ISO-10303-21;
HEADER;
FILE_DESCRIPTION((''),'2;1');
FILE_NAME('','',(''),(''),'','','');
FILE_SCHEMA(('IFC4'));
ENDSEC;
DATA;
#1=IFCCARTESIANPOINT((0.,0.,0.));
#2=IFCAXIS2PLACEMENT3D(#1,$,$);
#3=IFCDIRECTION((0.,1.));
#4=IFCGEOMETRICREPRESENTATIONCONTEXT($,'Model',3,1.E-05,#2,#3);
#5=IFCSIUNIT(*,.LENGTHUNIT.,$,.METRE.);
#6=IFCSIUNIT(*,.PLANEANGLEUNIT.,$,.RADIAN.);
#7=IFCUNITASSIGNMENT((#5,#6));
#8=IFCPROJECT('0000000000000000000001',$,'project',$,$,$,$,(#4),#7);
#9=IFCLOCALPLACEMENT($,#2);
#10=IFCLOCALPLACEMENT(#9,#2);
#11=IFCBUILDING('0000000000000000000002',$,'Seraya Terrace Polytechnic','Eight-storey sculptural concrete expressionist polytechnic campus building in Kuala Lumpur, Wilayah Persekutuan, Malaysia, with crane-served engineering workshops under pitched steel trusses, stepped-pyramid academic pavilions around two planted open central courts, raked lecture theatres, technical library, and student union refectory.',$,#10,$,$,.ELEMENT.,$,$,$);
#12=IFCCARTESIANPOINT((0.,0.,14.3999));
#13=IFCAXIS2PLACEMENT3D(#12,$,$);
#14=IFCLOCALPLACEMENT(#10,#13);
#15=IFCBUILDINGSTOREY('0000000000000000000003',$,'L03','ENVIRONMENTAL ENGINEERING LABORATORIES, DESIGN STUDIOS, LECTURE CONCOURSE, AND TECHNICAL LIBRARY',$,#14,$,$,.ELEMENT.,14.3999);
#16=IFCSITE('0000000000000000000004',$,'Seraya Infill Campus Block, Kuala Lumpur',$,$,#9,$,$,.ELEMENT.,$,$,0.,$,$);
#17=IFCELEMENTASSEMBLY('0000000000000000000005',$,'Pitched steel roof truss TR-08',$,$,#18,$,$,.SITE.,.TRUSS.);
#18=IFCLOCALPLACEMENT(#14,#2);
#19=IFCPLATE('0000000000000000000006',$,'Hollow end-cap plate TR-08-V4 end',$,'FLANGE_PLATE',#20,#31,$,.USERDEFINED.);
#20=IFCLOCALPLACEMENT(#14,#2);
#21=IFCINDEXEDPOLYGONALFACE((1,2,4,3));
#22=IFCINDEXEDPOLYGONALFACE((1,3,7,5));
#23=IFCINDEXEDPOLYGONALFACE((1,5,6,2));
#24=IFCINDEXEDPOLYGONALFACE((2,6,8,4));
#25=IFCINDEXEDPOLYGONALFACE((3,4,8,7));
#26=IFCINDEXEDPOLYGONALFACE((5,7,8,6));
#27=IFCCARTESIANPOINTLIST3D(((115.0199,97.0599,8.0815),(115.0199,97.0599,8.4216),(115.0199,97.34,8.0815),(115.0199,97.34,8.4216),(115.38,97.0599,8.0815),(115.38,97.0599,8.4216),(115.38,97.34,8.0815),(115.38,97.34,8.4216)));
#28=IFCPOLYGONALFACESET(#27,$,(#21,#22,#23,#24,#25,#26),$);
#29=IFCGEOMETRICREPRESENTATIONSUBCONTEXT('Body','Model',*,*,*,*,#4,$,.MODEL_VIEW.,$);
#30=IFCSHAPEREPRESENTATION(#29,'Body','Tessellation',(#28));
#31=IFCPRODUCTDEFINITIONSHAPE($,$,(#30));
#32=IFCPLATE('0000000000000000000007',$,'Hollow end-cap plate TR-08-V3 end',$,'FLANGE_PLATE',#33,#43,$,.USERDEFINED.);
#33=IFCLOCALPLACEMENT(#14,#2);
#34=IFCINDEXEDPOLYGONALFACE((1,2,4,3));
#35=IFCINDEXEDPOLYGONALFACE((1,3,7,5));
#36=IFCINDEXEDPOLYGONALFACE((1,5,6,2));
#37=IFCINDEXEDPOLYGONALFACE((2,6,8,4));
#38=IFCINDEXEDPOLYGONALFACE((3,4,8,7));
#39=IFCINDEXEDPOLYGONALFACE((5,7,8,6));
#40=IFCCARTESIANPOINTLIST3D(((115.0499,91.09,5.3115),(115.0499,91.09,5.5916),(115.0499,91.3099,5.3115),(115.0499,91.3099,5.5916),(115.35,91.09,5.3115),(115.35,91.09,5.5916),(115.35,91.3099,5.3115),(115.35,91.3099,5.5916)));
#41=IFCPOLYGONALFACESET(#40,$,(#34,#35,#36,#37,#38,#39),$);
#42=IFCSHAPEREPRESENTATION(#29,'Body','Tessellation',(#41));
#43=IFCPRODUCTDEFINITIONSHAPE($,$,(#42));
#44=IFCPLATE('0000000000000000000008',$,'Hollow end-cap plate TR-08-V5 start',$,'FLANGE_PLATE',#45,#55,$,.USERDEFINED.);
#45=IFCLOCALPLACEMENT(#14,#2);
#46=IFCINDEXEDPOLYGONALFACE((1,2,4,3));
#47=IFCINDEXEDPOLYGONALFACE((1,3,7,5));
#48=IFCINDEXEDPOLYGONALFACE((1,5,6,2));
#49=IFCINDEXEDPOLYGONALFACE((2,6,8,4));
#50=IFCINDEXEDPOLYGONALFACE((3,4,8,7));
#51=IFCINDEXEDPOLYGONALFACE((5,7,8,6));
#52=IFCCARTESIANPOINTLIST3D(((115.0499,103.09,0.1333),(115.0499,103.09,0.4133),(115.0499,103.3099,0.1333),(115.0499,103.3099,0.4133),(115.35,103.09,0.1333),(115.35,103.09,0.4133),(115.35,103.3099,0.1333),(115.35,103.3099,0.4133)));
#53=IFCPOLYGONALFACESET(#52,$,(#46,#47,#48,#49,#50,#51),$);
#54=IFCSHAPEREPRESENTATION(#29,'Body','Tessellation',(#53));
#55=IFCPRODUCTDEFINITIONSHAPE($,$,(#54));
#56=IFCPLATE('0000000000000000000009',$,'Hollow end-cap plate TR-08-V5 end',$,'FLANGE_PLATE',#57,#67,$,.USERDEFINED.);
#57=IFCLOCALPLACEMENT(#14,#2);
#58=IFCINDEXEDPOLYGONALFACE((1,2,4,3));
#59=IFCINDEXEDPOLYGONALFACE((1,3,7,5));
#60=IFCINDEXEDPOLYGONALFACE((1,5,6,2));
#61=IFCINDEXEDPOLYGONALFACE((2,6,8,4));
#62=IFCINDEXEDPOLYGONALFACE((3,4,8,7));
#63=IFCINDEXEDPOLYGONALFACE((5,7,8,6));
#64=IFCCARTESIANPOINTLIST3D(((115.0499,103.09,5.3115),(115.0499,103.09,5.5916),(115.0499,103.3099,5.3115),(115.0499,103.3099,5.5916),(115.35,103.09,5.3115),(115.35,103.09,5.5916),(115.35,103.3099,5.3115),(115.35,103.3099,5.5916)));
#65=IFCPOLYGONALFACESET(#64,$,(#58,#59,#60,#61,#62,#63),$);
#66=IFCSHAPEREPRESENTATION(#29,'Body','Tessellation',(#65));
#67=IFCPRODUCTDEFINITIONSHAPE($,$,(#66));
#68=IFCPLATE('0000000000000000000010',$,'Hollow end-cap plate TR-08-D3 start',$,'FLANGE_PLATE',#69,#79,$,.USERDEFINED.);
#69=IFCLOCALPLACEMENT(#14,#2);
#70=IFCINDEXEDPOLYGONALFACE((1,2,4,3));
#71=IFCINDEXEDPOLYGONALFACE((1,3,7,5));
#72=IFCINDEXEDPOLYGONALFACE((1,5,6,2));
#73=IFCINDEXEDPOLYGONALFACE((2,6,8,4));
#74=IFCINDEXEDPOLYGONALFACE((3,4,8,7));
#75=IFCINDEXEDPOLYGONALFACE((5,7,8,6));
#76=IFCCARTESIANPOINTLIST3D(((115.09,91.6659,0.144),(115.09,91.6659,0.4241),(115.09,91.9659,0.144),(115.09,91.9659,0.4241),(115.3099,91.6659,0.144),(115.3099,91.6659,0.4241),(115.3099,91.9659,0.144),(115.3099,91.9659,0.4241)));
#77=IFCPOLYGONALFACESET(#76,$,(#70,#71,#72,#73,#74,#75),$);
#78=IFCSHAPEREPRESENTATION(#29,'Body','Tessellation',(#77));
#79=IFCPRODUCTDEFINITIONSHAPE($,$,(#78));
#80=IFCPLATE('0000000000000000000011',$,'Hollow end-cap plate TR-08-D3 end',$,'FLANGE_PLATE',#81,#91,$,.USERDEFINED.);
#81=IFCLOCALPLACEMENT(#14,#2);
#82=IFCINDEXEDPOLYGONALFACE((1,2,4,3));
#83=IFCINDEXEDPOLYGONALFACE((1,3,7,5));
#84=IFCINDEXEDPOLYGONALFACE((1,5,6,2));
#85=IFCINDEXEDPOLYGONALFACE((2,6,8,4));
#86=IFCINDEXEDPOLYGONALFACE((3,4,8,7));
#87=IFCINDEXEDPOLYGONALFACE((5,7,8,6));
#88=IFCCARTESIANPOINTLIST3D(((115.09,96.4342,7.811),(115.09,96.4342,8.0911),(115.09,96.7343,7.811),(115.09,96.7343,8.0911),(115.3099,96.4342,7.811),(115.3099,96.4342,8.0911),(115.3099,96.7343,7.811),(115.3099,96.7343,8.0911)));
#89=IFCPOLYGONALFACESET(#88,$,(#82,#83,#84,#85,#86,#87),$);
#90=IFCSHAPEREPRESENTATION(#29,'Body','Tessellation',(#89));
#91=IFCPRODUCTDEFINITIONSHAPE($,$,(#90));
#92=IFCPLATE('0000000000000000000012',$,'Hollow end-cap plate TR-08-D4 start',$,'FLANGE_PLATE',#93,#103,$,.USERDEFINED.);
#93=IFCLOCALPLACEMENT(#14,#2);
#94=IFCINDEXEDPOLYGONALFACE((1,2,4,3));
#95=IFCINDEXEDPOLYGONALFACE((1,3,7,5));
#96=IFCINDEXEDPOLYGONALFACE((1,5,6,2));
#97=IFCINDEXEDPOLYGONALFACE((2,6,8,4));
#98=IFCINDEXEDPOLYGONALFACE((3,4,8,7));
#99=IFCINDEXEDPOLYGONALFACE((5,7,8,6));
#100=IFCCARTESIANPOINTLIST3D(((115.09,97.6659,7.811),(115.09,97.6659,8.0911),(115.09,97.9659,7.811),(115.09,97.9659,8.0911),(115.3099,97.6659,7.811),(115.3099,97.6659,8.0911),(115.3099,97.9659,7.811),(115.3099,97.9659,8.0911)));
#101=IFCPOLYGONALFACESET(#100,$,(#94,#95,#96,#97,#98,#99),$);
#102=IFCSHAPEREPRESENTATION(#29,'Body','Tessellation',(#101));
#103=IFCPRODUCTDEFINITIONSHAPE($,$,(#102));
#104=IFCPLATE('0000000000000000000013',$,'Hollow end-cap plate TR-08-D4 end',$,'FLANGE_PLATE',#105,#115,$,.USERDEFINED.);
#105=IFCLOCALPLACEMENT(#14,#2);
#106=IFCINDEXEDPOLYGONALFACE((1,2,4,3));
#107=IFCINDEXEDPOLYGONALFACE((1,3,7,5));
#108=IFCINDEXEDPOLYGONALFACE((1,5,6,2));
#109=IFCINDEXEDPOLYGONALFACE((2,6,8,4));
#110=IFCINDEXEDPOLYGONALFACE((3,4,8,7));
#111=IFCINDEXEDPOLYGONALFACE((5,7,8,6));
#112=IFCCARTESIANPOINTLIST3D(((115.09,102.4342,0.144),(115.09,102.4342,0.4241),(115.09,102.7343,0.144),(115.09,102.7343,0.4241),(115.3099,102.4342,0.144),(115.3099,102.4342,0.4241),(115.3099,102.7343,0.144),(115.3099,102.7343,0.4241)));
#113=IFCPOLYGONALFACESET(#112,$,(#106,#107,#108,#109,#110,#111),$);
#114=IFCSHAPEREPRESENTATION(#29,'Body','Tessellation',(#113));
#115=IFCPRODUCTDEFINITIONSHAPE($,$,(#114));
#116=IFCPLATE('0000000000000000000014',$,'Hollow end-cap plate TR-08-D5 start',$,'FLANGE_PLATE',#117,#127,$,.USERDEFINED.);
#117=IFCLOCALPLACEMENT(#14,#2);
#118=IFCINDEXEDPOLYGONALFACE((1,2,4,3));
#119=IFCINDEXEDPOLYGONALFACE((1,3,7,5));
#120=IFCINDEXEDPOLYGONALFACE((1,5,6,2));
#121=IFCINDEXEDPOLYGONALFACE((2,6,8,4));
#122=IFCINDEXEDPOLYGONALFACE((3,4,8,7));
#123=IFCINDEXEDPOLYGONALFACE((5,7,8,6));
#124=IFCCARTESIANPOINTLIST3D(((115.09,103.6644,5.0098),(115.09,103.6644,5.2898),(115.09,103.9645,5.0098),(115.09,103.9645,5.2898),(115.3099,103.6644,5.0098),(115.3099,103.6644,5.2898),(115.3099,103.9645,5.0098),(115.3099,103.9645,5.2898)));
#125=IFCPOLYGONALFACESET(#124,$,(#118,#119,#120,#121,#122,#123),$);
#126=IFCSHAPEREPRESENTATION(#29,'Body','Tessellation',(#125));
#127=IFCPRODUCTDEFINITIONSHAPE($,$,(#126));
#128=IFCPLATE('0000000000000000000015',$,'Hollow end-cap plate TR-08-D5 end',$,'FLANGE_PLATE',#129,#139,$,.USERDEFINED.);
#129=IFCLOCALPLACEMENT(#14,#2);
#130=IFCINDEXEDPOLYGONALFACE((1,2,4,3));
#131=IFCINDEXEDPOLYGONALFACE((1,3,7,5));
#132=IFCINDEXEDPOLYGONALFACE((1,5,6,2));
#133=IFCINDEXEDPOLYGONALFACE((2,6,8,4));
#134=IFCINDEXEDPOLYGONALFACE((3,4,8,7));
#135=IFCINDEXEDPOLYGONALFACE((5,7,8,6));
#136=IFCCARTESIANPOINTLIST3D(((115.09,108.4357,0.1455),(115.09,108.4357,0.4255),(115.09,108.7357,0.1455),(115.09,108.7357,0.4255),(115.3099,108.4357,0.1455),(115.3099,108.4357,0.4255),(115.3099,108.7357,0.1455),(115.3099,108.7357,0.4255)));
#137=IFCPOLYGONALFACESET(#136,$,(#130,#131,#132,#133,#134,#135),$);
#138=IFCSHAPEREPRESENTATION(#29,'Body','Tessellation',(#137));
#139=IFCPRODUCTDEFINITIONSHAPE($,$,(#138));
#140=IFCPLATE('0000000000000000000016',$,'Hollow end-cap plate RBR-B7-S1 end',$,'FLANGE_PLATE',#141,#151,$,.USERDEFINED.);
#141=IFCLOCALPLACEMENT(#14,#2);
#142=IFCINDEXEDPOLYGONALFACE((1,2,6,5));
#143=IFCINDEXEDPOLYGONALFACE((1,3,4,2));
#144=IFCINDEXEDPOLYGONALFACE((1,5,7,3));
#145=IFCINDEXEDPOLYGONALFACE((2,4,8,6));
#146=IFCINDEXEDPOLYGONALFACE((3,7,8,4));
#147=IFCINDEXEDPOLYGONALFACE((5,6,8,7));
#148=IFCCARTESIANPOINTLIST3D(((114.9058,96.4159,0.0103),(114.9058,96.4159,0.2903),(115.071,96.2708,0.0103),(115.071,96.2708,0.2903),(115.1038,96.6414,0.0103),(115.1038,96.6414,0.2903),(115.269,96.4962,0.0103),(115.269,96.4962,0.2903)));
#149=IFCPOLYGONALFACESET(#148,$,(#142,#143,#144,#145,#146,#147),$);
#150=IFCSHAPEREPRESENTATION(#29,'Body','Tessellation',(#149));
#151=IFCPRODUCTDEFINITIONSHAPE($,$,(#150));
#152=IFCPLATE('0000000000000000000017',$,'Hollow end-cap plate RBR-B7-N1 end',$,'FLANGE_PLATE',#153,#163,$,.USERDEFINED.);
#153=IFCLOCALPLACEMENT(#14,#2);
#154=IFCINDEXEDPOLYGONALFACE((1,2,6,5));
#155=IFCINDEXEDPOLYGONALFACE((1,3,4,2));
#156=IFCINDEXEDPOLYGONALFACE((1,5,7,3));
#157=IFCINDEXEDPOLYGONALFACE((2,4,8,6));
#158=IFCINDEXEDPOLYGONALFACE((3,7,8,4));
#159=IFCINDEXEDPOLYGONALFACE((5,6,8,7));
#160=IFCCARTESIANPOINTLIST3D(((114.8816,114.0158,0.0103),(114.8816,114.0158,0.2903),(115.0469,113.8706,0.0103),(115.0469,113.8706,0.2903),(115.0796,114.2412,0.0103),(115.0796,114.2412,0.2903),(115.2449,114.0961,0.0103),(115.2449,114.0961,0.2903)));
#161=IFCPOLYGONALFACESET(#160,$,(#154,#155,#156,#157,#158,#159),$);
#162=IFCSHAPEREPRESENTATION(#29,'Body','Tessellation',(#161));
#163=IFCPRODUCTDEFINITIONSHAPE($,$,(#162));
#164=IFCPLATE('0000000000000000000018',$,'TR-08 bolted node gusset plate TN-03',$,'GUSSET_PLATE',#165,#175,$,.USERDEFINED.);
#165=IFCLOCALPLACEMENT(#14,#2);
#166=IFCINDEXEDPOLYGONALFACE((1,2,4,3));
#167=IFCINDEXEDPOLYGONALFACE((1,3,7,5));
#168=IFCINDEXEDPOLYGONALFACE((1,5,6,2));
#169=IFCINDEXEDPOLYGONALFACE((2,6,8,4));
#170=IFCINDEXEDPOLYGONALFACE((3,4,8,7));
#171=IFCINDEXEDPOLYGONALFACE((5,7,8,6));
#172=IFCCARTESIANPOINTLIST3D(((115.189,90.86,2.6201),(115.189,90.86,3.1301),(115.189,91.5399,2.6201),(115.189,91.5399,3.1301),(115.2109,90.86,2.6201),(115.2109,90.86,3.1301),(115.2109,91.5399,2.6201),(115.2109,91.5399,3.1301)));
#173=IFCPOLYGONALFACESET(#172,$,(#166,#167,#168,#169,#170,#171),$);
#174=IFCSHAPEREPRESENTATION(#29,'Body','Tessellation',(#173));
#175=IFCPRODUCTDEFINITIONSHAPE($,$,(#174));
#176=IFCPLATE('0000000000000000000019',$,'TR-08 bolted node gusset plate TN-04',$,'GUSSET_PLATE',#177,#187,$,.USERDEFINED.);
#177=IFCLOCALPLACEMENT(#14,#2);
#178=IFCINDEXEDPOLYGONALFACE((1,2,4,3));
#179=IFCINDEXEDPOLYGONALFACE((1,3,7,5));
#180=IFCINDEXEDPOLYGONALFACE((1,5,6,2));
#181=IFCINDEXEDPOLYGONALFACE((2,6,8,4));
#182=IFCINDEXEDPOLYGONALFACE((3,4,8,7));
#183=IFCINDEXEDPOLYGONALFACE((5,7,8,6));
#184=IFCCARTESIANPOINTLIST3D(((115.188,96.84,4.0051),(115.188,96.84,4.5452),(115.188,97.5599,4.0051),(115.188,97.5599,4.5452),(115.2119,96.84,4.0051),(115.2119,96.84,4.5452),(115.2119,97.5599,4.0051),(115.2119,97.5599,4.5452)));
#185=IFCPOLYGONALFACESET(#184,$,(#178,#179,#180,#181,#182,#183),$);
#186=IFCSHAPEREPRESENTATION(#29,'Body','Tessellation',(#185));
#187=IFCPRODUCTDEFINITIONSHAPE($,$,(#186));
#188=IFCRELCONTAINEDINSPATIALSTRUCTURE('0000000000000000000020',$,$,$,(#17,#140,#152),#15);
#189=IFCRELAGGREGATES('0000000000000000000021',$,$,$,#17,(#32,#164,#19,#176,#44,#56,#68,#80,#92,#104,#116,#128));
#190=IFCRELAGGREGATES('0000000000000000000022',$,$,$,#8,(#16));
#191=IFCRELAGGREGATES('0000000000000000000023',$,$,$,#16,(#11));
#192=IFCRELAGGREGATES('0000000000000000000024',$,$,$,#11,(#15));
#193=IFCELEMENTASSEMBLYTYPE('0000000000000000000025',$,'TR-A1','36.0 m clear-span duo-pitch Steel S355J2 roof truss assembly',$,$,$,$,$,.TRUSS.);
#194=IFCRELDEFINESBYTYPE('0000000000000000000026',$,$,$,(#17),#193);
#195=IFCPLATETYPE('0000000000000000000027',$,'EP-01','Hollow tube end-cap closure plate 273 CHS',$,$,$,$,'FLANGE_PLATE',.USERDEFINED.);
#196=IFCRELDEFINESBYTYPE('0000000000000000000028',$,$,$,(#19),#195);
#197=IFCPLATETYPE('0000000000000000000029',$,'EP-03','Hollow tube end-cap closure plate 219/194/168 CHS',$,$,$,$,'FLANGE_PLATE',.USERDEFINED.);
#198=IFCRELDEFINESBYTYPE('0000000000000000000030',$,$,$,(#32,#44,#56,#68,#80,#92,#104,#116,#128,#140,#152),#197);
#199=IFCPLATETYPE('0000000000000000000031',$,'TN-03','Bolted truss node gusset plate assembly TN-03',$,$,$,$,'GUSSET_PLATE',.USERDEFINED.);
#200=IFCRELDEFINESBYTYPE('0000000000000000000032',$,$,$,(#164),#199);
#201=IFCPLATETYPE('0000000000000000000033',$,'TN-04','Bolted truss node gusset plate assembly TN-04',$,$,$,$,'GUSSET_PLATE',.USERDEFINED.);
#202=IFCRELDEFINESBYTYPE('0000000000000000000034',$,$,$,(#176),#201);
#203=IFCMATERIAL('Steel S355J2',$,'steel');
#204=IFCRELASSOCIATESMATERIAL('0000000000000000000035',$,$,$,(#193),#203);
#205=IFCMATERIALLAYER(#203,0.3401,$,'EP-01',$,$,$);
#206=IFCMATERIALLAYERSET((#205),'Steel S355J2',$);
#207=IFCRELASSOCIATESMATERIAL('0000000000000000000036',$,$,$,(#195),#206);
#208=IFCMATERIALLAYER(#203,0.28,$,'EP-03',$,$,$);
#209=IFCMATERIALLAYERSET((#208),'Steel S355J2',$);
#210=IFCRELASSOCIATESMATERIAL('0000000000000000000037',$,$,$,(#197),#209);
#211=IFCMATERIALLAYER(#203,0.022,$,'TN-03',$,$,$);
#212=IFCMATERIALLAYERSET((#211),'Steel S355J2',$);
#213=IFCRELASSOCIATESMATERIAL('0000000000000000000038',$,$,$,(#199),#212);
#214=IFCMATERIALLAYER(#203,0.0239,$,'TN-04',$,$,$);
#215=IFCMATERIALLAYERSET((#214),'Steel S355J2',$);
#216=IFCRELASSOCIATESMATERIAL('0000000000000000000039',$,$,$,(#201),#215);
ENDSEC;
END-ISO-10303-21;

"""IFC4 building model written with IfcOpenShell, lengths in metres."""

from ifc_helpers import new_model, si_unit, direction, frame, origin, origin_2d, place, context, subcontext, project, spatial, rectangle, extrude, material, layer, layer_set, type_object, element, aggregate, save


model = new_model("IFC4")

# Units and contexts
model_context = context("Model", 3, precision=1e-05, world=origin(), true_north=direction((0.0, 1.0)))
body_context = subcontext(model_context, "Body", "Model", "MODEL_VIEW")
ifc_project = project(units=[si_unit("LENGTHUNIT", "METRE"), si_unit("PLANEANGLEUNIT", "RADIAN")], contexts=[model_context])

# Site, building, storey
site_placement = place(None, origin())
site = spatial("IfcSite", under=ifc_project, at=site_placement, Name="Seraya Infill Campus Block, Kuala Lumpur", CompositionType="ELEMENT", RefElevation=0.0)
building_placement = place(site_placement, origin())
building = spatial("IfcBuilding", under=site, at=building_placement, Name="Seraya Terrace Polytechnic", Description="Eight-storey sculptural concrete expressionist polytechnic campus building in Kuala Lumpur, Wilayah Persekutuan, Malaysia, with crane-served engineering workshops under pitched steel trusses, stepped-pyramid academic pavilions around two planted open central courts, raked lecture theatres, technical library, and student union refectory.", CompositionType="ELEMENT")
storey_placement = place(building_placement, frame((0.0, 0.0, 14.3999)))
storey = spatial("IfcBuildingStorey", under=building, at=storey_placement, Name="L03", Description="ENVIRONMENTAL ENGINEERING LABORATORIES, DESIGN STUDIOS, LECTURE CONCOURSE, AND TECHNICAL LIBRARY", CompositionType="ELEMENT", Elevation=14.3999)

# Element assembly
ifc_material_1 = material(Name="Steel S355J2", Category="steel")
element_assembly_type = type_object("IfcElementAssemblyType", Name="TR-A1", Description="36.0 m clear-span duo-pitch Steel S355J2 roof truss assembly", PredefinedType="TRUSS", material=ifc_material_1)
assembly_placement = place(storey_placement, origin())
assembly = element("IfcElementAssembly", 1, at=assembly_placement, inside=storey, type_object=element_assembly_type, Name="Pitched steel roof truss TR-08", AssemblyPlace="SITE", PredefinedType="TRUSS")

# Plates
ifc_layer_1 = layer(ifc_material_1, 0.3401, Name="EP-01")
ifc_layer_set_1 = layer_set([ifc_layer_1], Name="Steel S355J2")
plate_type_1 = type_object("IfcPlateType", Name="EP-01", Description="Hollow tube end-cap closure plate 273 CHS", ElementType="FLANGE_PLATE", PredefinedType="USERDEFINED", material=ifc_layer_set_1)
plate_1_placement = place(storey_placement, frame((115.2, 97.2, 8.0815), z_axis=(0.0, 0.0, 1.0), x_axis=(1.0, 0.0, 0.0)))
plate_1 = element("IfcPlate", 2, at=plate_1_placement, type_object=plate_type_1, Name="Hollow end-cap plate TR-08-V4 end", ObjectType="FLANGE_PLATE", PredefinedType="USERDEFINED", context=body_context, shape_type="SweptSolid", body=[
    extrude(rectangle(XDim=0.3601, YDim=0.28, at=origin_2d()), origin(), (0.0, 0.0, 1.0), 0.3401),
])
ifc_layer_2 = layer(ifc_material_1, 0.28, Name="EP-03")
ifc_layer_set_2 = layer_set([ifc_layer_2], Name="Steel S355J2")
plate_type_2 = type_object("IfcPlateType", Name="EP-03", Description="Hollow tube end-cap closure plate 219/194/168 CHS", ElementType="FLANGE_PLATE", PredefinedType="USERDEFINED", material=ifc_layer_set_2)
plate_2_placement = place(storey_placement, frame((115.2, 91.2, 5.3115), z_axis=(0.0, 0.0, 1.0), x_axis=(1.0, 0.0, 0.0)))
plate_2 = element("IfcPlate", 3, at=plate_2_placement, type_object=plate_type_2, Name="Hollow end-cap plate TR-08-V3 end", ObjectType="FLANGE_PLATE", PredefinedType="USERDEFINED", context=body_context, shape_type="SweptSolid", body=[
    extrude(rectangle(XDim=0.3, YDim=0.22, at=origin_2d()), origin(), (0.0, 0.0, 1.0), 0.28),
])
plate_3_placement = place(storey_placement, frame((115.2, 103.2, 0.1333), z_axis=(0.0, 0.0, 1.0), x_axis=(1.0, 0.0, 0.0)))
plate_3 = element("IfcPlate", 4, at=plate_3_placement, type_object=plate_type_2, Name="Hollow end-cap plate TR-08-V5 start", ObjectType="FLANGE_PLATE", PredefinedType="USERDEFINED", context=body_context, shape_type="SweptSolid", body=[
    extrude(rectangle(XDim=0.3, YDim=0.22, at=origin_2d()), origin(), (0.0, 0.0, 1.0), 0.28),
])
plate_4_placement = place(storey_placement, frame((115.2, 103.2, 5.3115), z_axis=(0.0, 0.0, 1.0), x_axis=(1.0, 0.0, 0.0)))
plate_4 = element("IfcPlate", 5, at=plate_4_placement, type_object=plate_type_2, Name="Hollow end-cap plate TR-08-V5 end", ObjectType="FLANGE_PLATE", PredefinedType="USERDEFINED", context=body_context, shape_type="SweptSolid", body=[
    extrude(rectangle(XDim=0.3, YDim=0.22, at=origin_2d()), origin(), (0.0, 0.0, 1.0), 0.28),
])
plate_5_placement = place(storey_placement, frame((115.2, 91.8159, 0.144), z_axis=(0.0, 0.0, 1.0), x_axis=(0.0, 1.0, 0.0)))
plate_5 = element("IfcPlate", 6, at=plate_5_placement, type_object=plate_type_2, Name="Hollow end-cap plate TR-08-D3 start", ObjectType="FLANGE_PLATE", PredefinedType="USERDEFINED", context=body_context, shape_type="SweptSolid", body=[
    extrude(rectangle(XDim=0.3, YDim=0.22, at=origin_2d()), origin(), (0.0, 0.0, 1.0), 0.28),
])
plate_6_placement = place(storey_placement, frame((115.2, 96.5842, 7.811), z_axis=(0.0, 0.0, 1.0), x_axis=(0.0, 1.0, 0.0)))
plate_6 = element("IfcPlate", 7, at=plate_6_placement, type_object=plate_type_2, Name="Hollow end-cap plate TR-08-D3 end", ObjectType="FLANGE_PLATE", PredefinedType="USERDEFINED", context=body_context, shape_type="SweptSolid", body=[
    extrude(rectangle(XDim=0.3, YDim=0.22, at=origin_2d()), origin(), (0.0, 0.0, 1.0), 0.28),
])
plate_7_placement = place(storey_placement, frame((115.2, 97.8159, 7.811), z_axis=(0.0, 0.0, 1.0), x_axis=(0.0, 1.0, 0.0)))
plate_7 = element("IfcPlate", 8, at=plate_7_placement, type_object=plate_type_2, Name="Hollow end-cap plate TR-08-D4 start", ObjectType="FLANGE_PLATE", PredefinedType="USERDEFINED", context=body_context, shape_type="SweptSolid", body=[
    extrude(rectangle(XDim=0.3, YDim=0.22, at=origin_2d()), origin(), (0.0, 0.0, 1.0), 0.28),
])
plate_8_placement = place(storey_placement, frame((115.2, 102.5842, 0.144), z_axis=(0.0, 0.0, 1.0), x_axis=(0.0, 1.0, 0.0)))
plate_8 = element("IfcPlate", 9, at=plate_8_placement, type_object=plate_type_2, Name="Hollow end-cap plate TR-08-D4 end", ObjectType="FLANGE_PLATE", PredefinedType="USERDEFINED", context=body_context, shape_type="SweptSolid", body=[
    extrude(rectangle(XDim=0.3, YDim=0.22, at=origin_2d()), origin(), (0.0, 0.0, 1.0), 0.28),
])
plate_9_placement = place(storey_placement, frame((115.2, 103.8145, 5.0098), z_axis=(0.0, 0.0, 1.0), x_axis=(0.0, 1.0, 0.0)))
plate_9 = element("IfcPlate", 10, at=plate_9_placement, type_object=plate_type_2, Name="Hollow end-cap plate TR-08-D5 start", ObjectType="FLANGE_PLATE", PredefinedType="USERDEFINED", context=body_context, shape_type="SweptSolid", body=[
    extrude(rectangle(XDim=0.3, YDim=0.22, at=origin_2d()), origin(), (0.0, 0.0, 1.0), 0.28),
])
plate_10_placement = place(storey_placement, frame((115.2, 108.5857, 0.1455), z_axis=(0.0, 0.0, 1.0), x_axis=(0.0, 1.0, 0.0)))
plate_10 = element("IfcPlate", 11, at=plate_10_placement, type_object=plate_type_2, Name="Hollow end-cap plate TR-08-D5 end", ObjectType="FLANGE_PLATE", PredefinedType="USERDEFINED", context=body_context, shape_type="SweptSolid", body=[
    extrude(rectangle(XDim=0.3, YDim=0.22, at=origin_2d()), origin(), (0.0, 0.0, 1.0), 0.28),
])

# Plates
for number, where, z_axis, x_axis, name in (
    (12, (115.0874, 96.4561, 0.0103), (0.0, 0.0, 1.0), (0.659871, 0.751379, 0.0), "Hollow end-cap plate RBR-B7-S1 end"),
    (13, (115.0632, 114.0559, 0.0103), (0.0, 0.0, 1.0), (0.659871, 0.751379, 0.0), "Hollow end-cap plate RBR-B7-N1 end"),
):
    element("IfcPlate", number, at=place(storey_placement, frame(where, z_axis=z_axis, x_axis=x_axis)), inside=storey, type_object=plate_type_2, Name=name, ObjectType="FLANGE_PLATE", PredefinedType="USERDEFINED", context=body_context, shape_type="SweptSolid", body=[
        extrude(rectangle(XDim=0.3, YDim=0.22, at=origin_2d()), origin(), (0.0, 0.0, 1.0), 0.28),
    ])

# Plates
ifc_layer_3 = layer(ifc_material_1, 0.022, Name="TN-03")
ifc_layer_set_3 = layer_set([ifc_layer_3], Name="Steel S355J2")
plate_type_3 = type_object("IfcPlateType", Name="TN-03", Description="Bolted truss node gusset plate assembly TN-03", ElementType="GUSSET_PLATE", PredefinedType="USERDEFINED", material=ifc_layer_set_3)
plate_11_placement = place(storey_placement, frame((115.2, 91.2, 2.6201), z_axis=(0.0, 0.0, 1.0), x_axis=(0.0, 1.0, 0.0)))
plate_11 = element("IfcPlate", 14, at=plate_11_placement, type_object=plate_type_3, Name="TR-08 bolted node gusset plate TN-03", ObjectType="GUSSET_PLATE", PredefinedType="USERDEFINED", context=body_context, shape_type="SweptSolid", body=[
    extrude(rectangle(XDim=0.6799, YDim=0.022, at=origin_2d()), origin(), (0.0, 0.0, 1.0), 0.51),
])
ifc_layer_4 = layer(ifc_material_1, 0.0239, Name="TN-04")
ifc_layer_set_4 = layer_set([ifc_layer_4], Name="Steel S355J2")
plate_type_4 = type_object("IfcPlateType", Name="TN-04", Description="Bolted truss node gusset plate assembly TN-04", ElementType="GUSSET_PLATE", PredefinedType="USERDEFINED", material=ifc_layer_set_4)
plate_12_placement = place(storey_placement, frame((115.2, 97.2, 4.0051), z_axis=(0.0, 0.0, 1.0), x_axis=(0.0, 1.0, 0.0)))
plate_12 = element("IfcPlate", 15, at=plate_12_placement, type_object=plate_type_4, Name="TR-08 bolted node gusset plate TN-04", ObjectType="GUSSET_PLATE", PredefinedType="USERDEFINED", context=body_context, shape_type="SweptSolid", body=[
    extrude(rectangle(XDim=0.72, YDim=0.0239, at=origin_2d()), origin(), (0.0, 0.0, 1.0), 0.54),
])
aggregate(assembly, [plate_2, plate_11, plate_1, plate_12, plate_3, plate_4, plate_5, plate_6, plate_7, plate_8, plate_9, plate_10])

save(model, "model.ifc")
